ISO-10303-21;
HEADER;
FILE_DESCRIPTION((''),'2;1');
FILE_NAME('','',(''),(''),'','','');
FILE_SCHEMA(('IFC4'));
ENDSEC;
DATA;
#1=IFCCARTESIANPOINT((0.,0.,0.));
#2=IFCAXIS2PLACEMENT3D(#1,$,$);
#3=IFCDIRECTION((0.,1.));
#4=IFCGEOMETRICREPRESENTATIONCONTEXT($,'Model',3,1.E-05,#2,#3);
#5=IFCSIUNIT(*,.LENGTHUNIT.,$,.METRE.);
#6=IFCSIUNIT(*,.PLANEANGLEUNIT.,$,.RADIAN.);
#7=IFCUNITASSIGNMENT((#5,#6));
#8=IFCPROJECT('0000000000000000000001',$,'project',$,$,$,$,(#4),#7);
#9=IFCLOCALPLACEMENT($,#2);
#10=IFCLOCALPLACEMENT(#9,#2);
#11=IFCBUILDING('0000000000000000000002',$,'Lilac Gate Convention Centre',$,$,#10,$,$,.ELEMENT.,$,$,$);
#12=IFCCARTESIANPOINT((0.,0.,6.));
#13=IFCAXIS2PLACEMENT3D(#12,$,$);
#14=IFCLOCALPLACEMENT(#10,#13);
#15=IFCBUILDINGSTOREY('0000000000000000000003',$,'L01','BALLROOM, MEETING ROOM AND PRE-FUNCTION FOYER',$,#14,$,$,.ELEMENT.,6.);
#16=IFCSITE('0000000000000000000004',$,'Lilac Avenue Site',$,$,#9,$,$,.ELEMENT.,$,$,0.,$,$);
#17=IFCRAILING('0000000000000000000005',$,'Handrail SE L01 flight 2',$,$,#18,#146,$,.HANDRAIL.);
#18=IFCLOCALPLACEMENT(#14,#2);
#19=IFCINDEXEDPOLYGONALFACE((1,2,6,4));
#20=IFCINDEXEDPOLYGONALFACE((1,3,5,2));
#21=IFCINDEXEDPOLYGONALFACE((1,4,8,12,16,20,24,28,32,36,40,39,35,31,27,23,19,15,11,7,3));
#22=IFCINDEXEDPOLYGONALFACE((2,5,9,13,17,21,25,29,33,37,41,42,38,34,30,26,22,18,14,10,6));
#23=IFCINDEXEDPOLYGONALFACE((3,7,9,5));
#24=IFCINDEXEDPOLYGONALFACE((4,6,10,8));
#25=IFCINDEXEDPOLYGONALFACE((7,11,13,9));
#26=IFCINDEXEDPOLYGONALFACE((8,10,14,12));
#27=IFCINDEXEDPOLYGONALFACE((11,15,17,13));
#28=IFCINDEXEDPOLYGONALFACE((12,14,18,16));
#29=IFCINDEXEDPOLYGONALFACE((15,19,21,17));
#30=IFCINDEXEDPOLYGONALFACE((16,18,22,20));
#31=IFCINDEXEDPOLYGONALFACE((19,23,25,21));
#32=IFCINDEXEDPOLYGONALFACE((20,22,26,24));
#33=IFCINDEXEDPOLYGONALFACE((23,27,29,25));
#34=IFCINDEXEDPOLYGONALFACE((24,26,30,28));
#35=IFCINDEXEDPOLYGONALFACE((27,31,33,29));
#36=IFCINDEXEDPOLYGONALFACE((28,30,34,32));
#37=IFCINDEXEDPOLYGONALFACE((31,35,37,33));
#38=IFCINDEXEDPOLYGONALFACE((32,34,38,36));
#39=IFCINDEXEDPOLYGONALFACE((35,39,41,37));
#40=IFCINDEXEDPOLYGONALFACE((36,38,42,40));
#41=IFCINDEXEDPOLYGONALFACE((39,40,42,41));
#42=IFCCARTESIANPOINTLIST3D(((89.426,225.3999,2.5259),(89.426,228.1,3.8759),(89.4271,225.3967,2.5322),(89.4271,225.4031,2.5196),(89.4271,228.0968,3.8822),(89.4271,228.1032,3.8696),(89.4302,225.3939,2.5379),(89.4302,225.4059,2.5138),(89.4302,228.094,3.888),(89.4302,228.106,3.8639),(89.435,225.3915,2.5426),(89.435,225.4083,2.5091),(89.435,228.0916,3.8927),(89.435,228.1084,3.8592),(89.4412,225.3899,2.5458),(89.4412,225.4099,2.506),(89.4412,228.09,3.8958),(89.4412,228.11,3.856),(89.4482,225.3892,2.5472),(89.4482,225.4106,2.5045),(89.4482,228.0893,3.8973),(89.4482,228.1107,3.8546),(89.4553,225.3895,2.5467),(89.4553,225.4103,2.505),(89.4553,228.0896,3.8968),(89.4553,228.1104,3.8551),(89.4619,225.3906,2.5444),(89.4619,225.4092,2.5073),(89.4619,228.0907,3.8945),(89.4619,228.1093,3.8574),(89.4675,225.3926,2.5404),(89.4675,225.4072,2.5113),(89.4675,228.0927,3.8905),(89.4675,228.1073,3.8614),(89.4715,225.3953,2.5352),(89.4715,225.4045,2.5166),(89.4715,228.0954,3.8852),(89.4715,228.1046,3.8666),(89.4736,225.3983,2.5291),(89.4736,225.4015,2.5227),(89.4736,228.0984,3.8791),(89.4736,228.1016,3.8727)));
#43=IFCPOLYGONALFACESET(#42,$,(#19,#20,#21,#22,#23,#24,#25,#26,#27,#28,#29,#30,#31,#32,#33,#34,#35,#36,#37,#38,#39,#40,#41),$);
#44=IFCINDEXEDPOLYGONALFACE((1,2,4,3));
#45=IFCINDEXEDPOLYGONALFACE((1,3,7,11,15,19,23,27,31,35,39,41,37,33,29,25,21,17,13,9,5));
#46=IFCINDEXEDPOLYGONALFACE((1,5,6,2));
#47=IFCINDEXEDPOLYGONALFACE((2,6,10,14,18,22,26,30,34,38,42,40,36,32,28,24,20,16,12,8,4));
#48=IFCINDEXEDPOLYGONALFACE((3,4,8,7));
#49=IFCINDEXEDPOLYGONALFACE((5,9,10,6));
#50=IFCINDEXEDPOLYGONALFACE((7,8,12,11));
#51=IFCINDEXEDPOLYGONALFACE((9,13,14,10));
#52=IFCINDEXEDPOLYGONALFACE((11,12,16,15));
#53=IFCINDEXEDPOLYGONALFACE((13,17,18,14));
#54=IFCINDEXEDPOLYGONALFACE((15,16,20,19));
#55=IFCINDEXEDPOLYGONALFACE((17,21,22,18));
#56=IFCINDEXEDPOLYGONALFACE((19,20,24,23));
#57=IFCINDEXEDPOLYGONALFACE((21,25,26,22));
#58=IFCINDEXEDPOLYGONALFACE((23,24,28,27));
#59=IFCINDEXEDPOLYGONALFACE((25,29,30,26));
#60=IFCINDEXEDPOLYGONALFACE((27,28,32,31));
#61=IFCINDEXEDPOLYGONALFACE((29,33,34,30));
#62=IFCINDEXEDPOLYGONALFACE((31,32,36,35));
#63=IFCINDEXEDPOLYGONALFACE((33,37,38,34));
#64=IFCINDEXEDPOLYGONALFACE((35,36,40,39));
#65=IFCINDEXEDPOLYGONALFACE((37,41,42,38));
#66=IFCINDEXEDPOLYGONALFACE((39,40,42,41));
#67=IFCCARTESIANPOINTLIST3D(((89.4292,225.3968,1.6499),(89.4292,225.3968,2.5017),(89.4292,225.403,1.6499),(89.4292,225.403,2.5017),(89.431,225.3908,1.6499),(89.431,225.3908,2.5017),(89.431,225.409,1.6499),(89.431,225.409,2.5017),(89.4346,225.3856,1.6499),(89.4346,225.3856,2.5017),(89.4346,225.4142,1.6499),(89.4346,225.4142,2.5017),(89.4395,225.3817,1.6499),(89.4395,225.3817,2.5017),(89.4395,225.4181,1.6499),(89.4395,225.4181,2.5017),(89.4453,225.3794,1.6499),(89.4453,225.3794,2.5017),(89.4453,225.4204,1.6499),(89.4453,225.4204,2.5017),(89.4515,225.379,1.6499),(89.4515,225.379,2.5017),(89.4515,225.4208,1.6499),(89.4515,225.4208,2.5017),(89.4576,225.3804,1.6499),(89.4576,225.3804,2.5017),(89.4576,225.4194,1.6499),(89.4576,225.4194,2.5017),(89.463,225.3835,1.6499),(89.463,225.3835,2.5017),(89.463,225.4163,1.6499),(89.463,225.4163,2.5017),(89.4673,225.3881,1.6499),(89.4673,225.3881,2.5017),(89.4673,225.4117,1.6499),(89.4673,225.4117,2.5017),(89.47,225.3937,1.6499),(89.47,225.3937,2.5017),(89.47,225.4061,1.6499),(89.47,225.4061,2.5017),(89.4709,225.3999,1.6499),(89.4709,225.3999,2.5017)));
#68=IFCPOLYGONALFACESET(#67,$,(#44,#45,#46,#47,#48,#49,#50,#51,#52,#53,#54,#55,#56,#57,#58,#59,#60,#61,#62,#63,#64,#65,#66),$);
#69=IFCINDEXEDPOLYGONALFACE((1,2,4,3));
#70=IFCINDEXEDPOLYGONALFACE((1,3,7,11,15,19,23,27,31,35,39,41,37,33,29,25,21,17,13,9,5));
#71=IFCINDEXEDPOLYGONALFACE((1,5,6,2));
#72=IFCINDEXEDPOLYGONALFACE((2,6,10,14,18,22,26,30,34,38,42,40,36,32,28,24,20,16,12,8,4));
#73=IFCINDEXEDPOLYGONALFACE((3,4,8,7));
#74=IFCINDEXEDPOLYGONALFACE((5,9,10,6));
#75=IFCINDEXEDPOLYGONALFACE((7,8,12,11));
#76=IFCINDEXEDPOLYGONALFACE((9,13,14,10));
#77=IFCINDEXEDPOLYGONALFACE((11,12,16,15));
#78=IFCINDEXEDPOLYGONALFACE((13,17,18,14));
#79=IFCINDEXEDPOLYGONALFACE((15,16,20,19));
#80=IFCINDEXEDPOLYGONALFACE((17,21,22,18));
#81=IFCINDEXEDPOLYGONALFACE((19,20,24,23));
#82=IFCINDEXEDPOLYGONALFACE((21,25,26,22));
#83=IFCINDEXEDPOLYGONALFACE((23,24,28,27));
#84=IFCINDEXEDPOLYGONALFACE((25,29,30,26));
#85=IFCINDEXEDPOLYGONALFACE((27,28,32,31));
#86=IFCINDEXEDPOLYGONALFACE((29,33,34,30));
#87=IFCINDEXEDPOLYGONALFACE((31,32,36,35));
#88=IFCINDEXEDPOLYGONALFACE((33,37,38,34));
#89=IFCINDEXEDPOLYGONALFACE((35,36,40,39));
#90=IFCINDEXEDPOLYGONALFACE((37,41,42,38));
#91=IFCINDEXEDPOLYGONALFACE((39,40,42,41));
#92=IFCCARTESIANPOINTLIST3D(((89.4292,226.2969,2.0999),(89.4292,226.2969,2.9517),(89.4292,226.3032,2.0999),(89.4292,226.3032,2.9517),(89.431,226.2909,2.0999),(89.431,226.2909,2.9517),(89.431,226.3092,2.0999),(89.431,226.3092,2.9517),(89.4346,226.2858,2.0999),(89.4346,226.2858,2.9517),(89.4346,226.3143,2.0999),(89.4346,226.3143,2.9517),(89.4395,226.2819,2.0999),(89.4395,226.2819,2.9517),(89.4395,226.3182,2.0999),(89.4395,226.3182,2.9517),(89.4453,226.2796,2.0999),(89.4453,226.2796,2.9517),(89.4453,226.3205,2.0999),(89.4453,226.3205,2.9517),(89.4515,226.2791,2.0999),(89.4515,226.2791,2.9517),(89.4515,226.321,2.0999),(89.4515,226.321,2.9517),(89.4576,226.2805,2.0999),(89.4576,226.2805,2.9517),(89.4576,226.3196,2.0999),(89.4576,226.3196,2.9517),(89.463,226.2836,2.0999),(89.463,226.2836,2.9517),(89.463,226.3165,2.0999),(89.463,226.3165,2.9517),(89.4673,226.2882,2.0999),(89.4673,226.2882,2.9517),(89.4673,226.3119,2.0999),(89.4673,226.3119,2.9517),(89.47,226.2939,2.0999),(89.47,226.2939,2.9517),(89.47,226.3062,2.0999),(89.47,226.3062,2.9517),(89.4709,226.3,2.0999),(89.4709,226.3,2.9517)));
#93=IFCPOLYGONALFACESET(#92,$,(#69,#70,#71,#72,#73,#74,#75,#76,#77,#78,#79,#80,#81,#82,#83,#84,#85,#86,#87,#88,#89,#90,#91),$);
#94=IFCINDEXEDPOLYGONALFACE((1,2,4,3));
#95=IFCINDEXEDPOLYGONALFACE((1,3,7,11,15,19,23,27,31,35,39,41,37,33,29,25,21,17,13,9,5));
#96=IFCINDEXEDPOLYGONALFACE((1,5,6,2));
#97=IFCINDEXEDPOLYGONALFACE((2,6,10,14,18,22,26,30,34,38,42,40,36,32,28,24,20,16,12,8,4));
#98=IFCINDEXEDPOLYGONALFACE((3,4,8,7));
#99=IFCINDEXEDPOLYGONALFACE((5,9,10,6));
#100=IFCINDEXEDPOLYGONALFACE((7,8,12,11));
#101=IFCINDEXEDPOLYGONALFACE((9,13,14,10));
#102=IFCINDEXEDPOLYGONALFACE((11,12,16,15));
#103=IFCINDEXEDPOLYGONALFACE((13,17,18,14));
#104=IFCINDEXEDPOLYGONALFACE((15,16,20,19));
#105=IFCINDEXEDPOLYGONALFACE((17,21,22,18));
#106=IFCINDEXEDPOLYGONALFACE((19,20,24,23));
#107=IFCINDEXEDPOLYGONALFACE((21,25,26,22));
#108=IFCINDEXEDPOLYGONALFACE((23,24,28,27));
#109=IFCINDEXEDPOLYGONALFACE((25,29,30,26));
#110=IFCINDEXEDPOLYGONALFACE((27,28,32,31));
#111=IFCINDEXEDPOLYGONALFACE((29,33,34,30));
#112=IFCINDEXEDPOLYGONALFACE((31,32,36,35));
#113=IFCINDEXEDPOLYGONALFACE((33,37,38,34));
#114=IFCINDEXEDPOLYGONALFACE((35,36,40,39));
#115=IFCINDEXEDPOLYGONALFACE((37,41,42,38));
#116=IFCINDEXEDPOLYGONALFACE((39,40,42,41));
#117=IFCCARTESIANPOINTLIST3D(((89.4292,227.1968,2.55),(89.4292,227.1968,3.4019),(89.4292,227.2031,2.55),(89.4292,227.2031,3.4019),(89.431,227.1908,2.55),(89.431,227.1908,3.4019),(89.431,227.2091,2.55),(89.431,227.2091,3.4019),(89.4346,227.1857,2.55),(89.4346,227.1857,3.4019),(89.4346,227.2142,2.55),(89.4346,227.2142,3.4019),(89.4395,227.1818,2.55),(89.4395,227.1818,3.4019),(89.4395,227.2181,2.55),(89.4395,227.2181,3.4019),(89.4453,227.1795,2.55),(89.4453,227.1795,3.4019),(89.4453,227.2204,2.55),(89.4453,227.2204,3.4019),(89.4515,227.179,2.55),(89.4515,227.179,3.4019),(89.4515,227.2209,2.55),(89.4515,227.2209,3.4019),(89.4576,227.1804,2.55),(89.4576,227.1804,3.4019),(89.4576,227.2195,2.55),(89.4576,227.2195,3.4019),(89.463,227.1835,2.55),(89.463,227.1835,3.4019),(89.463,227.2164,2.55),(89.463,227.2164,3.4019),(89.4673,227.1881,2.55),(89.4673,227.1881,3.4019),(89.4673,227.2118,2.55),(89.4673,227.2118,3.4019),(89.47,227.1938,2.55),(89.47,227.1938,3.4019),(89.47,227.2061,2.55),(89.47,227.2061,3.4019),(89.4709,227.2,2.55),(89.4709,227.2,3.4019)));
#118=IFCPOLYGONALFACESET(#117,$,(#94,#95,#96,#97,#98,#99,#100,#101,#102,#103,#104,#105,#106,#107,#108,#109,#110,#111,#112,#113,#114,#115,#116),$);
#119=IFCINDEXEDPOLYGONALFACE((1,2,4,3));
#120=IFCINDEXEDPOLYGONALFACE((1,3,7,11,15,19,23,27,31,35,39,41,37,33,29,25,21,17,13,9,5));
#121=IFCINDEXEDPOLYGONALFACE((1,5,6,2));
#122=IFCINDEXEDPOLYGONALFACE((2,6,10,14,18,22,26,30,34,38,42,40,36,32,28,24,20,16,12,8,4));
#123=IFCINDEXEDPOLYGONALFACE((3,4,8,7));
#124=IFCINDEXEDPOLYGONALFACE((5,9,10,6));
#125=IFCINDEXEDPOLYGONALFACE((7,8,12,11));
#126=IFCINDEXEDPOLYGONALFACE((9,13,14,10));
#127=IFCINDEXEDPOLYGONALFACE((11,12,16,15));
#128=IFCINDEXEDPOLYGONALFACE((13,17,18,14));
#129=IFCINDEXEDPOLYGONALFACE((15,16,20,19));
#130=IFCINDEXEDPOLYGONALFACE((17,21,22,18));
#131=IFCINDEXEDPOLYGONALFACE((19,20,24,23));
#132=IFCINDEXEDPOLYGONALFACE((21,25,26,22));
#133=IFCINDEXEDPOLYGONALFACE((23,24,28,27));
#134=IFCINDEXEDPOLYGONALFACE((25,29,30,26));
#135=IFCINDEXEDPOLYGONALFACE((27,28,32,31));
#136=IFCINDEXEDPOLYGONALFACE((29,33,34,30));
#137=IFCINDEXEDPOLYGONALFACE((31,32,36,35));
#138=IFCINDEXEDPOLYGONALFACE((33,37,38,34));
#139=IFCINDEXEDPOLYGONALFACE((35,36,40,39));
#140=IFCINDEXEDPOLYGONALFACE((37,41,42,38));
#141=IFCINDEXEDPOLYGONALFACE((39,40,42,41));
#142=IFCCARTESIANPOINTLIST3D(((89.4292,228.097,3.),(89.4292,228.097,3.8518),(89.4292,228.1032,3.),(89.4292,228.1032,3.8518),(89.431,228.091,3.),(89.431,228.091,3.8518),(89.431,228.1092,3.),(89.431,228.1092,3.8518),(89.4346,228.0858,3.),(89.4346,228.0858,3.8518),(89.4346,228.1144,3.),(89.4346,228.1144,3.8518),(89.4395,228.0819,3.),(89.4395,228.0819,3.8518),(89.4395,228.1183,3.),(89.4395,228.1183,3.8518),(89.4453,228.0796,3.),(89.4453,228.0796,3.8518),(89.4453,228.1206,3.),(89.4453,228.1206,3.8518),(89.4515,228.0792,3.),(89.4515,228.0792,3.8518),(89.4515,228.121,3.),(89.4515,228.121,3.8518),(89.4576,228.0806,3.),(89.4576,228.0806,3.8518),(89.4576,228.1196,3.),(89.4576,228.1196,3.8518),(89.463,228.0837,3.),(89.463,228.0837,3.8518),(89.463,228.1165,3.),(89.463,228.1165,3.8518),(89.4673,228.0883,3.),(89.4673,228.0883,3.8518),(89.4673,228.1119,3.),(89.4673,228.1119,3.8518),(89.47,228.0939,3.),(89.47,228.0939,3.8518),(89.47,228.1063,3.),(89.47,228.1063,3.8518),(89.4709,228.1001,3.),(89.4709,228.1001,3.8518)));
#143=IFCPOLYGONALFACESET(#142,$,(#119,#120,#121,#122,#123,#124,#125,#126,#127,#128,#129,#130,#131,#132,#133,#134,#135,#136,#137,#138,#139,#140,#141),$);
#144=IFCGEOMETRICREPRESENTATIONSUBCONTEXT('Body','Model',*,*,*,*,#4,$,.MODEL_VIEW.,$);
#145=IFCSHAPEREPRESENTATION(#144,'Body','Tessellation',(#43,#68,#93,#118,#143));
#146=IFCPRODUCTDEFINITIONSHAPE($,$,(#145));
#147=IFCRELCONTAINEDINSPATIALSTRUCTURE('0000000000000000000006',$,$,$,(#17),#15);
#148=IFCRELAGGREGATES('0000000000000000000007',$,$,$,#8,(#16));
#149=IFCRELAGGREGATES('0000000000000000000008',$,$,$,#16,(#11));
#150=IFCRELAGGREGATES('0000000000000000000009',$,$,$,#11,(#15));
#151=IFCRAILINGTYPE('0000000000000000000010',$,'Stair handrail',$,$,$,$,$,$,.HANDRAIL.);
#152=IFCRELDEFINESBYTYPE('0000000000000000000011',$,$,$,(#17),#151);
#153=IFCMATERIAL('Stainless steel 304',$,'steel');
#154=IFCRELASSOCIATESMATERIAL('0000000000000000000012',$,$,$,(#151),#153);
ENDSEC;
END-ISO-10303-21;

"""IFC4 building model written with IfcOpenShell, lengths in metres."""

from ifc_helpers import new_model, si_unit, direction, frame, origin, origin_2d, place, context, subcontext, project, spatial, circle, extrude, material, type_object, element, save


model = new_model("IFC4")

# Units and contexts
model_context = context("Model", 3, precision=1e-05, world=origin(), true_north=direction((0.0, 1.0)))
body_context = subcontext(model_context, "Body", "Model", "MODEL_VIEW")
ifc_project = project(units=[si_unit("LENGTHUNIT", "METRE"), si_unit("PLANEANGLEUNIT", "RADIAN")], contexts=[model_context])

# Site, building, storey
site_placement = place(None, origin())
site = spatial("IfcSite", under=ifc_project, at=site_placement, Name="Lilac Avenue Site", CompositionType="ELEMENT", RefElevation=0.0)
building_placement = place(site_placement, origin())
building = spatial("IfcBuilding", under=site, at=building_placement, Name="Lilac Gate Convention Centre", CompositionType="ELEMENT")
storey_placement = place(building_placement, frame((0.0, 0.0, 6.0)))
storey = spatial("IfcBuildingStorey", under=building, at=storey_placement, Name="L01", Description="BALLROOM, MEETING ROOM AND PRE-FUNCTION FOYER", CompositionType="ELEMENT", Elevation=6.0)

# Railing
ifc_material_1 = material(Name="Stainless steel 304", Category="steel")
railing_type = type_object("IfcRailingType", Name="Stair handrail", PredefinedType="HANDRAIL", material=ifc_material_1)
for number, where, name in (
    (1, (89.45, 225.3999, 1.6499), "Handrail SE L01 flight 2"),
):
    element("IfcRailing", number, at=place(storey_placement, frame(where)), inside=storey, type_object=railing_type, Name=name, PredefinedType="HANDRAIL", context=body_context, shape_type="SweptSolid", body=[
        extrude(circle(Radius=0.0239, at=origin_2d()), frame((0.0, 0.0, 0.876), z_axis=(0.0, 0.894427, 0.447214), x_axis=(-1.0, 0.0, 0.0)), (0.0, 0.0, 1.0), 3.0188),
        extrude(circle(Radius=0.021, at=origin_2d()), origin(), (0.0, 0.0, 1.0), 0.8518),
        extrude(circle(Radius=0.021, at=origin_2d()), frame((0.0, 0.9001, 0.45)), (0.0, 0.0, 1.0), 0.8518),
        extrude(circle(Radius=0.021, at=origin_2d()), frame((0.0, 1.8, 0.9001)), (0.0, 0.0, 1.0), 0.8518),
        extrude(circle(Radius=0.021, at=origin_2d()), frame((0.0, 2.7002, 1.3501)), (0.0, 0.0, 1.0), 0.8518),
    ])

save(model, "model.ifc")
